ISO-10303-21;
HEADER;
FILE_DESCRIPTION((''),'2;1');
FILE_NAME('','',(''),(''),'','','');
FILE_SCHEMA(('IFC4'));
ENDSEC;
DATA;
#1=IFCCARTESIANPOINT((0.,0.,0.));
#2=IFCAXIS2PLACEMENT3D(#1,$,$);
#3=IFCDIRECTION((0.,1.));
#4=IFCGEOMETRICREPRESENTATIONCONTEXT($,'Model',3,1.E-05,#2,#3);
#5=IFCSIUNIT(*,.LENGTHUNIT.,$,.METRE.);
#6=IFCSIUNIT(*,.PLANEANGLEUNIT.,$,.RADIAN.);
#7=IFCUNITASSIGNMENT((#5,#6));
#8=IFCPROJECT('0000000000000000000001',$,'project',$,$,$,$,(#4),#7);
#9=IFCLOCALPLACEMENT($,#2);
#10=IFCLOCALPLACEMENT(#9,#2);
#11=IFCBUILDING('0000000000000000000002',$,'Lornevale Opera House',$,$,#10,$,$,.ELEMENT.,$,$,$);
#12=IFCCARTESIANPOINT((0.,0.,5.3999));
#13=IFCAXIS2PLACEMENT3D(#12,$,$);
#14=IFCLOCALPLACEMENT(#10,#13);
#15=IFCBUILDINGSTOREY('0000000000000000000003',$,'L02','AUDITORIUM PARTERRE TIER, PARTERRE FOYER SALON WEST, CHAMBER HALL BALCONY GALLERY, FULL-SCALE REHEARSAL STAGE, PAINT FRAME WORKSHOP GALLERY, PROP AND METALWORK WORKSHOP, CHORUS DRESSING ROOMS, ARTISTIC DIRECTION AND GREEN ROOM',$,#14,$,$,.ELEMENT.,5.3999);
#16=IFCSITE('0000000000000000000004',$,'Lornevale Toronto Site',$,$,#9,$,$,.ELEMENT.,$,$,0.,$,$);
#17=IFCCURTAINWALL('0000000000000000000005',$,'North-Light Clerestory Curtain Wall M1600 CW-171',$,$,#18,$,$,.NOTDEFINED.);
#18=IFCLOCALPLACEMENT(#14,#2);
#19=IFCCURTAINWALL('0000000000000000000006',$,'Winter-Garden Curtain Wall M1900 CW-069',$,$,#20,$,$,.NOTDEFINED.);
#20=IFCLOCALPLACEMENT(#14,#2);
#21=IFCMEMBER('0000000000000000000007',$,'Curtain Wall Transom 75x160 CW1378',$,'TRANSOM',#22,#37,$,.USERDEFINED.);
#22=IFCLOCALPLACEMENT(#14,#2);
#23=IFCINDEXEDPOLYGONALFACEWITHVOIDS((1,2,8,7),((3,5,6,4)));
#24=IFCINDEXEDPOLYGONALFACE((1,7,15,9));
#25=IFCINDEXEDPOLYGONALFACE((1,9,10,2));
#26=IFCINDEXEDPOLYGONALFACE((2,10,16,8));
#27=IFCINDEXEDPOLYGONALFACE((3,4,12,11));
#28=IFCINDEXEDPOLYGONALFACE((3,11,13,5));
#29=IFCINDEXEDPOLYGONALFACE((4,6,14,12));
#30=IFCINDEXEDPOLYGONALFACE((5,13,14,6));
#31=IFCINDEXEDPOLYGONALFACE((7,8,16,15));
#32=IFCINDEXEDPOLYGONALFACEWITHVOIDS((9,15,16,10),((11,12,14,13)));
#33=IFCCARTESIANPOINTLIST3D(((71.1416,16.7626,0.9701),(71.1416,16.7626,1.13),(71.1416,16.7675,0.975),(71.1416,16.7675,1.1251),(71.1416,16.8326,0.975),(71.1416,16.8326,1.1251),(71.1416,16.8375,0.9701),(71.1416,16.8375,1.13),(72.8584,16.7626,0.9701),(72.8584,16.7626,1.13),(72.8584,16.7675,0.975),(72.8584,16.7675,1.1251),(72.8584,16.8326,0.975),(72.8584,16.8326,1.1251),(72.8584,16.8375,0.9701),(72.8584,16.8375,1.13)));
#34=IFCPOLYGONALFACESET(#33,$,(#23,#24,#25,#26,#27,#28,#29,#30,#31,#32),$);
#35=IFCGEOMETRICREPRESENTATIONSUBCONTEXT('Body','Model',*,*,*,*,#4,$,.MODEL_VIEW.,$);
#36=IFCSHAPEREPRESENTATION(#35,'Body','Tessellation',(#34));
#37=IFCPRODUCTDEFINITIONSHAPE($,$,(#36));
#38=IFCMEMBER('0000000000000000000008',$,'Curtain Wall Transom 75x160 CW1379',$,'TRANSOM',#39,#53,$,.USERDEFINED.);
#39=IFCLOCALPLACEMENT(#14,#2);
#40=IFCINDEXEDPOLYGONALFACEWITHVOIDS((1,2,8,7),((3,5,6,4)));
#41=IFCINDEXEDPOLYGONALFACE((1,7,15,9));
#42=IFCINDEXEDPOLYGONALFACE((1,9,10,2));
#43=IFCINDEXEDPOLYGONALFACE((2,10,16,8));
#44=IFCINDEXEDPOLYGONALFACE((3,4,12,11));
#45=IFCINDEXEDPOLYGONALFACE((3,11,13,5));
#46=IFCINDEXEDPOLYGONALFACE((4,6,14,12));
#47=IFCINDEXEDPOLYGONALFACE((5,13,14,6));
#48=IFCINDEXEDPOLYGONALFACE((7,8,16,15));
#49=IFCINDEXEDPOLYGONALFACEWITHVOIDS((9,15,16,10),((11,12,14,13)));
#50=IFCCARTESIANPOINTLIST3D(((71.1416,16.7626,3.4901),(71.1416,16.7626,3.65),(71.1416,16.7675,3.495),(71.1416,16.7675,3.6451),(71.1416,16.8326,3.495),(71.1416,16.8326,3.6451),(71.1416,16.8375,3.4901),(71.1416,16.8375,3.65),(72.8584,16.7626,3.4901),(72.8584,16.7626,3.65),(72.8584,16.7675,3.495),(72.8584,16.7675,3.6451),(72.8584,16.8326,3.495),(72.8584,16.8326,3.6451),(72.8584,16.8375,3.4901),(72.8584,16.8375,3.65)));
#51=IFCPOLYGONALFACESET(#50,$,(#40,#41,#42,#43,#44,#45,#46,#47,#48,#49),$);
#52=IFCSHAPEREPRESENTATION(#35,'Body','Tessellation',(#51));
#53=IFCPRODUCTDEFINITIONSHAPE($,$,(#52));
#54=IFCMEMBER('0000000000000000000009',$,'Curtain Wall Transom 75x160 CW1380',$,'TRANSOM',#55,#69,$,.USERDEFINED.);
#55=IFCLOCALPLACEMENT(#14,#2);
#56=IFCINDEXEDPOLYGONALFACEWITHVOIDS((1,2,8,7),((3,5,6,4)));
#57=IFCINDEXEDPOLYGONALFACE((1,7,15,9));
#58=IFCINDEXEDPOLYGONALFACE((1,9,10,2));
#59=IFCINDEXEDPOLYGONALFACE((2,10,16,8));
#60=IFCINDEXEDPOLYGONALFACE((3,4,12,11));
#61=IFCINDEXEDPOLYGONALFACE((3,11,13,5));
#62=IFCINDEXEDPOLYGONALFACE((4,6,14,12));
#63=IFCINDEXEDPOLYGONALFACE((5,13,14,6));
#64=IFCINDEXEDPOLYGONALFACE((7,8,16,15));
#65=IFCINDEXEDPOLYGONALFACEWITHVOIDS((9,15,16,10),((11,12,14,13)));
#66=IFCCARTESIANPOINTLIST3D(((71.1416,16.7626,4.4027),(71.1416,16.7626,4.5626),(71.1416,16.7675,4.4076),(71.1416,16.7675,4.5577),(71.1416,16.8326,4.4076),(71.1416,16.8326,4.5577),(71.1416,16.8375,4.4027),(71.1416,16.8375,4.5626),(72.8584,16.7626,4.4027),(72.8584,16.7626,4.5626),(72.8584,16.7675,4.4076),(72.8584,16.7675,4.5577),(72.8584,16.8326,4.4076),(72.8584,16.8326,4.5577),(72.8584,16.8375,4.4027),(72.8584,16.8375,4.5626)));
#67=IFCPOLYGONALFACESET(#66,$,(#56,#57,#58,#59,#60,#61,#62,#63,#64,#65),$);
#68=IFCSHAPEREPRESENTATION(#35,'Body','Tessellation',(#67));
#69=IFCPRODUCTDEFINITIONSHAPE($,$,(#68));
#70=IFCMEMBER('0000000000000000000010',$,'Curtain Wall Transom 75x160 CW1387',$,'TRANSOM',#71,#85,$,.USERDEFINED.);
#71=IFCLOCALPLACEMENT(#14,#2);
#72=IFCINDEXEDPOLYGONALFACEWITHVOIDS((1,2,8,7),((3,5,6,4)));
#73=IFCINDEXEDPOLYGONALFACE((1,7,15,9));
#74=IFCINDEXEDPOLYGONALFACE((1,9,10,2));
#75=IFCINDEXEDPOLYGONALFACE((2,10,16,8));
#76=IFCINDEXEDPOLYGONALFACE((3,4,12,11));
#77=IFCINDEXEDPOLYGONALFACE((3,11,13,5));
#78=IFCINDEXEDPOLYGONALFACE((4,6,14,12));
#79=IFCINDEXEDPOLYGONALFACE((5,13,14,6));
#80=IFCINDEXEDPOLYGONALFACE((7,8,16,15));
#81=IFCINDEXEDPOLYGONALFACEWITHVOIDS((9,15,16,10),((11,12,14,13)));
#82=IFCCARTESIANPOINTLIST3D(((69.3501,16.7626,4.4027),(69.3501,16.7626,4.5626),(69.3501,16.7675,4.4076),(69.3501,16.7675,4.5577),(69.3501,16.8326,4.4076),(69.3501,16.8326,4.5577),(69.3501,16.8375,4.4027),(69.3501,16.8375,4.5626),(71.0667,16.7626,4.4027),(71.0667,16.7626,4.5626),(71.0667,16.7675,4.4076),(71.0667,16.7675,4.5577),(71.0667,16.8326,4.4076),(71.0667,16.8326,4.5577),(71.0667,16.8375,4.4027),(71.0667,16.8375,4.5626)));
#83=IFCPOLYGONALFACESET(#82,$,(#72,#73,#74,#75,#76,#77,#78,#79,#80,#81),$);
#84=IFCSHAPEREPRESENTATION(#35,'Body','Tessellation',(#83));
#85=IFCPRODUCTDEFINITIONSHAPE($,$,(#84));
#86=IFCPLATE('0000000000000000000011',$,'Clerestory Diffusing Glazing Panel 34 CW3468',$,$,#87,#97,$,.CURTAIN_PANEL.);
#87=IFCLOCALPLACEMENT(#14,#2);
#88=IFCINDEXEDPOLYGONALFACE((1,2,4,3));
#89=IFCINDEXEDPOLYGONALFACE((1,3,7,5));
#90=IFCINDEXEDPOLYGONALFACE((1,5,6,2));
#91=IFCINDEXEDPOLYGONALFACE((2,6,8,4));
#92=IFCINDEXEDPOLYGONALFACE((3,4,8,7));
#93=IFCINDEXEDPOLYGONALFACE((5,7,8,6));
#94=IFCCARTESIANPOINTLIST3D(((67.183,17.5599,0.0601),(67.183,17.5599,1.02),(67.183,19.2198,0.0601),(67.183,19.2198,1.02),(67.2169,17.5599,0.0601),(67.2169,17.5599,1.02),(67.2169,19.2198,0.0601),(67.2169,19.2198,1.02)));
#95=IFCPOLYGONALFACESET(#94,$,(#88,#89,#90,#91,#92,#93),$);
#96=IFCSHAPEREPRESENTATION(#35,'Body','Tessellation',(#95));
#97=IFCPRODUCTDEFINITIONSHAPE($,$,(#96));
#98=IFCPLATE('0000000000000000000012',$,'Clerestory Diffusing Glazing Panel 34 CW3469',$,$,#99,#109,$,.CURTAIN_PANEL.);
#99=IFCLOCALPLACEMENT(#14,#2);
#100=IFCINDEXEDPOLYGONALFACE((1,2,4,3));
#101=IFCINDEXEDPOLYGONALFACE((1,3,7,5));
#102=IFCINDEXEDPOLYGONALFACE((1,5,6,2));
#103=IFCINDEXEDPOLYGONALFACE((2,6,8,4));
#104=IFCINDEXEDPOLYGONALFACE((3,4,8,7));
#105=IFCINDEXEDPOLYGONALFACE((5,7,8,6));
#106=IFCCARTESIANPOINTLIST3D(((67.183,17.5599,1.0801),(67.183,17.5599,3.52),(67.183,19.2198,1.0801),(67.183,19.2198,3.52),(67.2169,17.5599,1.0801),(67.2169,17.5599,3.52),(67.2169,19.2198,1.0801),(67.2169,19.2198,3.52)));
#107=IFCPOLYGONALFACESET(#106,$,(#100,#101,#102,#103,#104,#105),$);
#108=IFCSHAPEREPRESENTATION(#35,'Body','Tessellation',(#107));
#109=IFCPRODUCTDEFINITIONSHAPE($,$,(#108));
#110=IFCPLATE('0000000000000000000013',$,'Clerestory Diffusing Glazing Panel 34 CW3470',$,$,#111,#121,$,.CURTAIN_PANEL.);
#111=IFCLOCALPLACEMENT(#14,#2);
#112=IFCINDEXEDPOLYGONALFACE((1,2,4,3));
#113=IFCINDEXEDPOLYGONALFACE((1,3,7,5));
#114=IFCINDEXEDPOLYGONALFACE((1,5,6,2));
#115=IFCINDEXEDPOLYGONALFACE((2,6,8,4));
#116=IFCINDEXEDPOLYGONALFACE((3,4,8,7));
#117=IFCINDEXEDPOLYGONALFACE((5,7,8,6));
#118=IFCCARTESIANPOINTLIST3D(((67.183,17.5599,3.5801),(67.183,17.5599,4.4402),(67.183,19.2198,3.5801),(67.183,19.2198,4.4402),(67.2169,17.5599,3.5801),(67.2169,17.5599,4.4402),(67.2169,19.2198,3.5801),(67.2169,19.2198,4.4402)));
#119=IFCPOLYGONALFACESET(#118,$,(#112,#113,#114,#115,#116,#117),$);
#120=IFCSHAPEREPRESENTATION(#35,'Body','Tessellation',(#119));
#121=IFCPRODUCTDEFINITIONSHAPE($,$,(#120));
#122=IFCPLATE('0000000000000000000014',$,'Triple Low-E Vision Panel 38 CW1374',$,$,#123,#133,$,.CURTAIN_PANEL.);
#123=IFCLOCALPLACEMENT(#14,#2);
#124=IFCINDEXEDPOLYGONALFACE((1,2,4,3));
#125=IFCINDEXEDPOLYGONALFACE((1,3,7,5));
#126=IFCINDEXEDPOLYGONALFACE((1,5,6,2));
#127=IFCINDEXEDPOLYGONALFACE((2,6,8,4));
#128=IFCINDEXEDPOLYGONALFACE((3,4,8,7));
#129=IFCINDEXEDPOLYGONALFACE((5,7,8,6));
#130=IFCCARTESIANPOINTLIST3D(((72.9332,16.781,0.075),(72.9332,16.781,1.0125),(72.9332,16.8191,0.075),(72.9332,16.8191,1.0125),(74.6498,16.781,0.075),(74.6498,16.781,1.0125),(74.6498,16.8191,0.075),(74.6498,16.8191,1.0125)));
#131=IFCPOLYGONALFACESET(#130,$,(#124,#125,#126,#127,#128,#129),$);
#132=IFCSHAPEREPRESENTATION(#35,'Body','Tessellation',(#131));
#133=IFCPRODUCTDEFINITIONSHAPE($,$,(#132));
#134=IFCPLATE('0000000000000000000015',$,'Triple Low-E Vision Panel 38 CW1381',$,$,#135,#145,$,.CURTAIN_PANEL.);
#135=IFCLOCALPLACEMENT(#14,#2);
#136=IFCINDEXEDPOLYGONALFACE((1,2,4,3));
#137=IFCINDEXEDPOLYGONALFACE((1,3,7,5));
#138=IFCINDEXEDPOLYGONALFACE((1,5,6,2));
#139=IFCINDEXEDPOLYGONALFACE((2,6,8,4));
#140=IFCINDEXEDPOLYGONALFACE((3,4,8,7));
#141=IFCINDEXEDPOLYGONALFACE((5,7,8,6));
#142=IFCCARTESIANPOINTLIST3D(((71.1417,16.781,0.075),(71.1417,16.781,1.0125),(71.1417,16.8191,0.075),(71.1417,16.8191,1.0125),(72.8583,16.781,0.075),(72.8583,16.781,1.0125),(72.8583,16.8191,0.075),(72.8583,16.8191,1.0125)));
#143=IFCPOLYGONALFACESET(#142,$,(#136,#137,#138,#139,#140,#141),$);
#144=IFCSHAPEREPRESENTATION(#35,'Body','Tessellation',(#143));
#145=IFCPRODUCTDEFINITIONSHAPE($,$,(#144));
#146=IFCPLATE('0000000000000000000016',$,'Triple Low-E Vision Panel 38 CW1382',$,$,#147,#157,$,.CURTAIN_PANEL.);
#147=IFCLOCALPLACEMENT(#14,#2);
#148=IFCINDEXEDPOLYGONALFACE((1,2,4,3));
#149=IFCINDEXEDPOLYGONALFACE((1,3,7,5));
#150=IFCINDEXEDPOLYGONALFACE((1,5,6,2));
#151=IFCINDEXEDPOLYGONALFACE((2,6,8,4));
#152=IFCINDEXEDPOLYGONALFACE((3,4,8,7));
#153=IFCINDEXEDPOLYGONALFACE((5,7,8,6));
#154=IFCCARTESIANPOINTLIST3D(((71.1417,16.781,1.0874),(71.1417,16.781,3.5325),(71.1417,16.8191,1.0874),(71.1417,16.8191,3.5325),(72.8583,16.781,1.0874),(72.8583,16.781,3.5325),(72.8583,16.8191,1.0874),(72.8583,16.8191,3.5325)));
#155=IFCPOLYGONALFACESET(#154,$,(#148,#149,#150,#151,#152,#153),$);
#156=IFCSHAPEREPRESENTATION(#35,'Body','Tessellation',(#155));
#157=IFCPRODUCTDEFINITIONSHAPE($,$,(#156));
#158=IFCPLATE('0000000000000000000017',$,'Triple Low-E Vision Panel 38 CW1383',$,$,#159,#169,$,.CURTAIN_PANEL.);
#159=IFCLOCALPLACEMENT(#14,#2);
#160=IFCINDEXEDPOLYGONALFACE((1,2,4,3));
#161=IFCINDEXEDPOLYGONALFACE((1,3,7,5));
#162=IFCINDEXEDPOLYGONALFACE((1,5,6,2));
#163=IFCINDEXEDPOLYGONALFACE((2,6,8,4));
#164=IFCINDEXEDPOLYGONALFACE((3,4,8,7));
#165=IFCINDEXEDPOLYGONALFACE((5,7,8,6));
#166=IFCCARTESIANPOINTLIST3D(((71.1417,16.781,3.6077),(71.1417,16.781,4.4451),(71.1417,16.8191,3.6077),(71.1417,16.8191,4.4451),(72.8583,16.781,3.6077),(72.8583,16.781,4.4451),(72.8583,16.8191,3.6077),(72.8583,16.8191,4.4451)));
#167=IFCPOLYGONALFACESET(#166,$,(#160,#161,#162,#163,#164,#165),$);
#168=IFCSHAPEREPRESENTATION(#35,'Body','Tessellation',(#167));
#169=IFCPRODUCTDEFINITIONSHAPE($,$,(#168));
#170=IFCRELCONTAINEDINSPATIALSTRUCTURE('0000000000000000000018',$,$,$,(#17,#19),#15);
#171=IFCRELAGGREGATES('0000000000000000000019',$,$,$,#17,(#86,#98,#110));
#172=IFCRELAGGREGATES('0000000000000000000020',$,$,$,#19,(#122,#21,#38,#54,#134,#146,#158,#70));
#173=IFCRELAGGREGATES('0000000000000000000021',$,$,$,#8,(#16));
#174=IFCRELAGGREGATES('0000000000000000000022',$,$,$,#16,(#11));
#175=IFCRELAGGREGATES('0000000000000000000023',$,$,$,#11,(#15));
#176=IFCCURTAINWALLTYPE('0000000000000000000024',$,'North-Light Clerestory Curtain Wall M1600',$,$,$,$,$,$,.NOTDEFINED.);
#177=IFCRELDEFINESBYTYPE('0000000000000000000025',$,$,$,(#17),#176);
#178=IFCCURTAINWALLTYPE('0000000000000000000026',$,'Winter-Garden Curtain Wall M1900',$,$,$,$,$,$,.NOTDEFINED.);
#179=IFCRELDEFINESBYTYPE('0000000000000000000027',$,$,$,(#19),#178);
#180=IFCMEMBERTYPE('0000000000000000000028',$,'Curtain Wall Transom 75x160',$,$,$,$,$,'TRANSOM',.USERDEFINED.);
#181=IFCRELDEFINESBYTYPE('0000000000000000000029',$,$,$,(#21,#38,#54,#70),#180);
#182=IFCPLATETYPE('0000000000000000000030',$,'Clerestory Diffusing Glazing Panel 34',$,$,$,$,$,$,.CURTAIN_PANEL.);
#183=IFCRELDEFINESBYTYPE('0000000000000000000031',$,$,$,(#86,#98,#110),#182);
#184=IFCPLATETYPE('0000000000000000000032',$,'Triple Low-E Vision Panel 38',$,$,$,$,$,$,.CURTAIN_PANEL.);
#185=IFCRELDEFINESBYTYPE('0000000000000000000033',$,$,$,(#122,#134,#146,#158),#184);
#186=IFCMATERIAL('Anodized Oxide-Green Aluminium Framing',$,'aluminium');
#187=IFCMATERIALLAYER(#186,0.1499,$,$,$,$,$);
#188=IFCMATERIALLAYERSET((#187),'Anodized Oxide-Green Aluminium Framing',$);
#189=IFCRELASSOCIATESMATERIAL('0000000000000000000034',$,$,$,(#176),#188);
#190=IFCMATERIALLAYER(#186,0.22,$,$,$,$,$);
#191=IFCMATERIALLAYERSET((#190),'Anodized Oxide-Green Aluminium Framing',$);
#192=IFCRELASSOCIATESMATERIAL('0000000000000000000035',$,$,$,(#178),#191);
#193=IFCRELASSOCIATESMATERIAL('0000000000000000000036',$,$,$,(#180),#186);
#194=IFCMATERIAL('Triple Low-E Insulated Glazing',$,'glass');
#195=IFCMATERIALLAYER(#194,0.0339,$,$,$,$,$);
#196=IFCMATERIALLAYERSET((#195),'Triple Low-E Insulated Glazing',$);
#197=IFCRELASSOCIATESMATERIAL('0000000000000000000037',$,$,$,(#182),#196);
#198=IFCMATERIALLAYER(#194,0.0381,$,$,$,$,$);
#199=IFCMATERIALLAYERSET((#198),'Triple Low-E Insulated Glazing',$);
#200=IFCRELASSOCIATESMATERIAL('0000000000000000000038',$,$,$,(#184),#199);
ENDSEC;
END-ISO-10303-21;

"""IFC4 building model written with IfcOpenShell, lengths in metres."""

from ifc_helpers import new_model, si_unit, direction, frame, origin, origin_2d, place, context, subcontext, project, spatial, rectangle, hollow_rectangle, extrude, material, layer, layer_set, material_profile, profile_set, type_object, element, aggregate, save


model = new_model("IFC4")

# Units and contexts
model_context = context("Model", 3, precision=1e-05, world=origin(), true_north=direction((0.0, 1.0)))
body_context = subcontext(model_context, "Body", "Model", "MODEL_VIEW")
ifc_project = project(units=[si_unit("LENGTHUNIT", "METRE"), si_unit("PLANEANGLEUNIT", "RADIAN")], contexts=[model_context])

# Site, building, storey
site_placement = place(None, origin())
site = spatial("IfcSite", under=ifc_project, at=site_placement, Name="Lornevale Toronto Site", CompositionType="ELEMENT", RefElevation=0.0)
building_placement = place(site_placement, origin())
building = spatial("IfcBuilding", under=site, at=building_placement, Name="Lornevale Opera House", CompositionType="ELEMENT")
storey_placement = place(building_placement, frame((0.0, 0.0, 5.3999)))
storey = spatial("IfcBuildingStorey", under=building, at=storey_placement, Name="L02", Description="AUDITORIUM PARTERRE TIER, PARTERRE FOYER SALON WEST, CHAMBER HALL BALCONY GALLERY, FULL-SCALE REHEARSAL STAGE, PAINT FRAME WORKSHOP GALLERY, PROP AND METALWORK WORKSHOP, CHORUS DRESSING ROOMS, ARTISTIC DIRECTION AND GREEN ROOM", CompositionType="ELEMENT", Elevation=5.3999)

# Curtain walls
ifc_material_1 = material(Name="Anodized Oxide-Green Aluminium Framing", Category="aluminium")
ifc_layer_1 = layer(ifc_material_1, 0.1499)
ifc_layer_set_1 = layer_set([ifc_layer_1], Name="Anodized Oxide-Green Aluminium Framing")
curtain_wall_type_1 = type_object("IfcCurtainWallType", Name="North-Light Clerestory Curtain Wall M1600", PredefinedType="NOTDEFINED", material=ifc_layer_set_1)
curtain_wall_1_placement = place(storey_placement, origin())
curtain_wall_1 = element("IfcCurtainWall", 1, at=curtain_wall_1_placement, inside=storey, type_object=curtain_wall_type_1, Name="North-Light Clerestory Curtain Wall M1600 CW-171", PredefinedType="NOTDEFINED")
ifc_layer_2 = layer(ifc_material_1, 0.22)
ifc_layer_set_2 = layer_set([ifc_layer_2], Name="Anodized Oxide-Green Aluminium Framing")
curtain_wall_type_2 = type_object("IfcCurtainWallType", Name="Winter-Garden Curtain Wall M1900", PredefinedType="NOTDEFINED", material=ifc_layer_set_2)
curtain_wall_2_placement = place(storey_placement, origin())
curtain_wall_2 = element("IfcCurtainWall", 2, at=curtain_wall_2_placement, inside=storey, type_object=curtain_wall_type_2, Name="Winter-Garden Curtain Wall M1900 CW-069", PredefinedType="NOTDEFINED")

# Members
ifc_material_profile_1 = material_profile(ifc_material_1, hollow_rectangle(XDim=0.075, YDim=0.1599, WallThickness=0.0049, at=origin_2d()), Name="ALU75x160x5")
ifc_profile_set_1 = profile_set([ifc_material_profile_1], Name="Anodized Oxide-Green Aluminium Framing")
member_type_1 = type_object("IfcMemberType", Name="Curtain Wall Transom 75x160", ElementType="TRANSOM", PredefinedType="USERDEFINED", material=ifc_profile_set_1)
member_1_placement = place(storey_placement, frame((72.8584, 16.8, 1.05), z_axis=(-1.0, 0.0, 0.0), x_axis=(0.0, -1.0, 0.0)))
member_1 = element("IfcMember", 3, at=member_1_placement, type_object=member_type_1, Name="Curtain Wall Transom 75x160 CW1378", ObjectType="TRANSOM", PredefinedType="USERDEFINED", context=body_context, shape_type="SweptSolid", body=[
    extrude(hollow_rectangle(XDim=0.075, YDim=0.1599, WallThickness=0.0049, at=origin_2d()), origin(), (0.0, 0.0, 1.0), 1.7168),
])
member_2_placement = place(storey_placement, frame((72.8584, 16.8, 3.5701), z_axis=(-1.0, 0.0, 0.0), x_axis=(0.0, -1.0, 0.0)))
member_2 = element("IfcMember", 4, at=member_2_placement, type_object=member_type_1, Name="Curtain Wall Transom 75x160 CW1379", ObjectType="TRANSOM", PredefinedType="USERDEFINED", context=body_context, shape_type="SweptSolid", body=[
    extrude(hollow_rectangle(XDim=0.075, YDim=0.1599, WallThickness=0.0049, at=origin_2d()), origin(), (0.0, 0.0, 1.0), 1.7168),
])
member_3_placement = place(storey_placement, frame((72.8584, 16.8, 4.4827), z_axis=(-1.0, 0.0, 0.0), x_axis=(0.0, -1.0, 0.0)))
member_3 = element("IfcMember", 5, at=member_3_placement, type_object=member_type_1, Name="Curtain Wall Transom 75x160 CW1380", ObjectType="TRANSOM", PredefinedType="USERDEFINED", context=body_context, shape_type="SweptSolid", body=[
    extrude(hollow_rectangle(XDim=0.075, YDim=0.1599, WallThickness=0.0049, at=origin_2d()), origin(), (0.0, 0.0, 1.0), 1.7168),
])
member_4_placement = place(storey_placement, frame((71.0667, 16.8, 4.4827), z_axis=(-1.0, 0.0, 0.0), x_axis=(0.0, -1.0, 0.0)))
member_4 = element("IfcMember", 6, at=member_4_placement, type_object=member_type_1, Name="Curtain Wall Transom 75x160 CW1387", ObjectType="TRANSOM", PredefinedType="USERDEFINED", context=body_context, shape_type="SweptSolid", body=[
    extrude(hollow_rectangle(XDim=0.075, YDim=0.1599, WallThickness=0.0049, at=origin_2d()), origin(), (0.0, 0.0, 1.0), 1.7166),
])

# Plates
ifc_material_2 = material(Name="Triple Low-E Insulated Glazing", Category="glass")
ifc_layer_3 = layer(ifc_material_2, 0.0339)
ifc_layer_set_3 = layer_set([ifc_layer_3], Name="Triple Low-E Insulated Glazing")
plate_type_1 = type_object("IfcPlateType", Name="Clerestory Diffusing Glazing Panel 34", PredefinedType="CURTAIN_PANEL", material=ifc_layer_set_3)
plate_1_placement = place(storey_placement, frame((67.2, 18.3899, 0.0601), z_axis=(0.0, 0.0, 1.0), x_axis=(0.0, 1.0, 0.0)))
plate_1 = element("IfcPlate", 7, at=plate_1_placement, type_object=plate_type_1, Name="Clerestory Diffusing Glazing Panel 34 CW3468", PredefinedType="CURTAIN_PANEL", context=body_context, shape_type="SweptSolid", body=[
    extrude(rectangle(XDim=1.6599, YDim=0.0339, at=origin_2d()), origin(), (0.0, 0.0, 1.0), 0.96),
])
plate_2_placement = place(storey_placement, frame((67.2, 18.3899, 1.0801), z_axis=(0.0, 0.0, 1.0), x_axis=(0.0, 1.0, 0.0)))
plate_2 = element("IfcPlate", 8, at=plate_2_placement, type_object=plate_type_1, Name="Clerestory Diffusing Glazing Panel 34 CW3469", PredefinedType="CURTAIN_PANEL", context=body_context, shape_type="SweptSolid", body=[
    extrude(rectangle(XDim=1.6599, YDim=0.0339, at=origin_2d()), origin(), (0.0, 0.0, 1.0), 2.4399),
])
plate_3_placement = place(storey_placement, frame((67.2, 18.3899, 3.5801), z_axis=(0.0, 0.0, 1.0), x_axis=(0.0, 1.0, 0.0)))
plate_3 = element("IfcPlate", 9, at=plate_3_placement, type_object=plate_type_1, Name="Clerestory Diffusing Glazing Panel 34 CW3470", PredefinedType="CURTAIN_PANEL", context=body_context, shape_type="SweptSolid", body=[
    extrude(rectangle(XDim=1.6599, YDim=0.0339, at=origin_2d()), origin(), (0.0, 0.0, 1.0), 0.8601),
])
aggregate(curtain_wall_1, [plate_1, plate_2, plate_3])
ifc_layer_4 = layer(ifc_material_2, 0.0381)
ifc_layer_set_4 = layer_set([ifc_layer_4], Name="Triple Low-E Insulated Glazing")
plate_type_2 = type_object("IfcPlateType", Name="Triple Low-E Vision Panel 38", PredefinedType="CURTAIN_PANEL", material=ifc_layer_set_4)
plate_4_placement = place(storey_placement, frame((73.7915, 16.8, 0.075), z_axis=(0.0, 0.0, 1.0), x_axis=(-1.0, 0.0, 0.0)))
plate_4 = element("IfcPlate", 10, at=plate_4_placement, type_object=plate_type_2, Name="Triple Low-E Vision Panel 38 CW1374", PredefinedType="CURTAIN_PANEL", context=body_context, shape_type="SweptSolid", body=[
    extrude(rectangle(XDim=1.7166, YDim=0.0381, at=origin_2d()), origin(), (0.0, 0.0, 1.0), 0.9375),
])
plate_5_placement = place(storey_placement, frame((72.0, 16.8, 0.075), z_axis=(0.0, 0.0, 1.0), x_axis=(-1.0, 0.0, 0.0)))
plate_5 = element("IfcPlate", 11, at=plate_5_placement, type_object=plate_type_2, Name="Triple Low-E Vision Panel 38 CW1381", PredefinedType="CURTAIN_PANEL", context=body_context, shape_type="SweptSolid", body=[
    extrude(rectangle(XDim=1.7166, YDim=0.0381, at=origin_2d()), origin(), (0.0, 0.0, 1.0), 0.9375),
])
plate_6_placement = place(storey_placement, frame((72.0, 16.8, 1.0874), z_axis=(0.0, 0.0, 1.0), x_axis=(-1.0, 0.0, 0.0)))
plate_6 = element("IfcPlate", 12, at=plate_6_placement, type_object=plate_type_2, Name="Triple Low-E Vision Panel 38 CW1382", PredefinedType="CURTAIN_PANEL", context=body_context, shape_type="SweptSolid", body=[
    extrude(rectangle(XDim=1.7166, YDim=0.0381, at=origin_2d()), origin(), (0.0, 0.0, 1.0), 2.4451),
])
plate_7_placement = place(storey_placement, frame((72.0, 16.8, 3.6077), z_axis=(0.0, 0.0, 1.0), x_axis=(-1.0, 0.0, 0.0)))
plate_7 = element("IfcPlate", 13, at=plate_7_placement, type_object=plate_type_2, Name="Triple Low-E Vision Panel 38 CW1383", PredefinedType="CURTAIN_PANEL", context=body_context, shape_type="SweptSolid", body=[
    extrude(rectangle(XDim=1.7166, YDim=0.0381, at=origin_2d()), origin(), (0.0, 0.0, 1.0), 0.8374),
])
aggregate(curtain_wall_2, [plate_4, member_1, member_2, member_3, plate_5, plate_6, plate_7, member_4])

save(model, "model.ifc")
